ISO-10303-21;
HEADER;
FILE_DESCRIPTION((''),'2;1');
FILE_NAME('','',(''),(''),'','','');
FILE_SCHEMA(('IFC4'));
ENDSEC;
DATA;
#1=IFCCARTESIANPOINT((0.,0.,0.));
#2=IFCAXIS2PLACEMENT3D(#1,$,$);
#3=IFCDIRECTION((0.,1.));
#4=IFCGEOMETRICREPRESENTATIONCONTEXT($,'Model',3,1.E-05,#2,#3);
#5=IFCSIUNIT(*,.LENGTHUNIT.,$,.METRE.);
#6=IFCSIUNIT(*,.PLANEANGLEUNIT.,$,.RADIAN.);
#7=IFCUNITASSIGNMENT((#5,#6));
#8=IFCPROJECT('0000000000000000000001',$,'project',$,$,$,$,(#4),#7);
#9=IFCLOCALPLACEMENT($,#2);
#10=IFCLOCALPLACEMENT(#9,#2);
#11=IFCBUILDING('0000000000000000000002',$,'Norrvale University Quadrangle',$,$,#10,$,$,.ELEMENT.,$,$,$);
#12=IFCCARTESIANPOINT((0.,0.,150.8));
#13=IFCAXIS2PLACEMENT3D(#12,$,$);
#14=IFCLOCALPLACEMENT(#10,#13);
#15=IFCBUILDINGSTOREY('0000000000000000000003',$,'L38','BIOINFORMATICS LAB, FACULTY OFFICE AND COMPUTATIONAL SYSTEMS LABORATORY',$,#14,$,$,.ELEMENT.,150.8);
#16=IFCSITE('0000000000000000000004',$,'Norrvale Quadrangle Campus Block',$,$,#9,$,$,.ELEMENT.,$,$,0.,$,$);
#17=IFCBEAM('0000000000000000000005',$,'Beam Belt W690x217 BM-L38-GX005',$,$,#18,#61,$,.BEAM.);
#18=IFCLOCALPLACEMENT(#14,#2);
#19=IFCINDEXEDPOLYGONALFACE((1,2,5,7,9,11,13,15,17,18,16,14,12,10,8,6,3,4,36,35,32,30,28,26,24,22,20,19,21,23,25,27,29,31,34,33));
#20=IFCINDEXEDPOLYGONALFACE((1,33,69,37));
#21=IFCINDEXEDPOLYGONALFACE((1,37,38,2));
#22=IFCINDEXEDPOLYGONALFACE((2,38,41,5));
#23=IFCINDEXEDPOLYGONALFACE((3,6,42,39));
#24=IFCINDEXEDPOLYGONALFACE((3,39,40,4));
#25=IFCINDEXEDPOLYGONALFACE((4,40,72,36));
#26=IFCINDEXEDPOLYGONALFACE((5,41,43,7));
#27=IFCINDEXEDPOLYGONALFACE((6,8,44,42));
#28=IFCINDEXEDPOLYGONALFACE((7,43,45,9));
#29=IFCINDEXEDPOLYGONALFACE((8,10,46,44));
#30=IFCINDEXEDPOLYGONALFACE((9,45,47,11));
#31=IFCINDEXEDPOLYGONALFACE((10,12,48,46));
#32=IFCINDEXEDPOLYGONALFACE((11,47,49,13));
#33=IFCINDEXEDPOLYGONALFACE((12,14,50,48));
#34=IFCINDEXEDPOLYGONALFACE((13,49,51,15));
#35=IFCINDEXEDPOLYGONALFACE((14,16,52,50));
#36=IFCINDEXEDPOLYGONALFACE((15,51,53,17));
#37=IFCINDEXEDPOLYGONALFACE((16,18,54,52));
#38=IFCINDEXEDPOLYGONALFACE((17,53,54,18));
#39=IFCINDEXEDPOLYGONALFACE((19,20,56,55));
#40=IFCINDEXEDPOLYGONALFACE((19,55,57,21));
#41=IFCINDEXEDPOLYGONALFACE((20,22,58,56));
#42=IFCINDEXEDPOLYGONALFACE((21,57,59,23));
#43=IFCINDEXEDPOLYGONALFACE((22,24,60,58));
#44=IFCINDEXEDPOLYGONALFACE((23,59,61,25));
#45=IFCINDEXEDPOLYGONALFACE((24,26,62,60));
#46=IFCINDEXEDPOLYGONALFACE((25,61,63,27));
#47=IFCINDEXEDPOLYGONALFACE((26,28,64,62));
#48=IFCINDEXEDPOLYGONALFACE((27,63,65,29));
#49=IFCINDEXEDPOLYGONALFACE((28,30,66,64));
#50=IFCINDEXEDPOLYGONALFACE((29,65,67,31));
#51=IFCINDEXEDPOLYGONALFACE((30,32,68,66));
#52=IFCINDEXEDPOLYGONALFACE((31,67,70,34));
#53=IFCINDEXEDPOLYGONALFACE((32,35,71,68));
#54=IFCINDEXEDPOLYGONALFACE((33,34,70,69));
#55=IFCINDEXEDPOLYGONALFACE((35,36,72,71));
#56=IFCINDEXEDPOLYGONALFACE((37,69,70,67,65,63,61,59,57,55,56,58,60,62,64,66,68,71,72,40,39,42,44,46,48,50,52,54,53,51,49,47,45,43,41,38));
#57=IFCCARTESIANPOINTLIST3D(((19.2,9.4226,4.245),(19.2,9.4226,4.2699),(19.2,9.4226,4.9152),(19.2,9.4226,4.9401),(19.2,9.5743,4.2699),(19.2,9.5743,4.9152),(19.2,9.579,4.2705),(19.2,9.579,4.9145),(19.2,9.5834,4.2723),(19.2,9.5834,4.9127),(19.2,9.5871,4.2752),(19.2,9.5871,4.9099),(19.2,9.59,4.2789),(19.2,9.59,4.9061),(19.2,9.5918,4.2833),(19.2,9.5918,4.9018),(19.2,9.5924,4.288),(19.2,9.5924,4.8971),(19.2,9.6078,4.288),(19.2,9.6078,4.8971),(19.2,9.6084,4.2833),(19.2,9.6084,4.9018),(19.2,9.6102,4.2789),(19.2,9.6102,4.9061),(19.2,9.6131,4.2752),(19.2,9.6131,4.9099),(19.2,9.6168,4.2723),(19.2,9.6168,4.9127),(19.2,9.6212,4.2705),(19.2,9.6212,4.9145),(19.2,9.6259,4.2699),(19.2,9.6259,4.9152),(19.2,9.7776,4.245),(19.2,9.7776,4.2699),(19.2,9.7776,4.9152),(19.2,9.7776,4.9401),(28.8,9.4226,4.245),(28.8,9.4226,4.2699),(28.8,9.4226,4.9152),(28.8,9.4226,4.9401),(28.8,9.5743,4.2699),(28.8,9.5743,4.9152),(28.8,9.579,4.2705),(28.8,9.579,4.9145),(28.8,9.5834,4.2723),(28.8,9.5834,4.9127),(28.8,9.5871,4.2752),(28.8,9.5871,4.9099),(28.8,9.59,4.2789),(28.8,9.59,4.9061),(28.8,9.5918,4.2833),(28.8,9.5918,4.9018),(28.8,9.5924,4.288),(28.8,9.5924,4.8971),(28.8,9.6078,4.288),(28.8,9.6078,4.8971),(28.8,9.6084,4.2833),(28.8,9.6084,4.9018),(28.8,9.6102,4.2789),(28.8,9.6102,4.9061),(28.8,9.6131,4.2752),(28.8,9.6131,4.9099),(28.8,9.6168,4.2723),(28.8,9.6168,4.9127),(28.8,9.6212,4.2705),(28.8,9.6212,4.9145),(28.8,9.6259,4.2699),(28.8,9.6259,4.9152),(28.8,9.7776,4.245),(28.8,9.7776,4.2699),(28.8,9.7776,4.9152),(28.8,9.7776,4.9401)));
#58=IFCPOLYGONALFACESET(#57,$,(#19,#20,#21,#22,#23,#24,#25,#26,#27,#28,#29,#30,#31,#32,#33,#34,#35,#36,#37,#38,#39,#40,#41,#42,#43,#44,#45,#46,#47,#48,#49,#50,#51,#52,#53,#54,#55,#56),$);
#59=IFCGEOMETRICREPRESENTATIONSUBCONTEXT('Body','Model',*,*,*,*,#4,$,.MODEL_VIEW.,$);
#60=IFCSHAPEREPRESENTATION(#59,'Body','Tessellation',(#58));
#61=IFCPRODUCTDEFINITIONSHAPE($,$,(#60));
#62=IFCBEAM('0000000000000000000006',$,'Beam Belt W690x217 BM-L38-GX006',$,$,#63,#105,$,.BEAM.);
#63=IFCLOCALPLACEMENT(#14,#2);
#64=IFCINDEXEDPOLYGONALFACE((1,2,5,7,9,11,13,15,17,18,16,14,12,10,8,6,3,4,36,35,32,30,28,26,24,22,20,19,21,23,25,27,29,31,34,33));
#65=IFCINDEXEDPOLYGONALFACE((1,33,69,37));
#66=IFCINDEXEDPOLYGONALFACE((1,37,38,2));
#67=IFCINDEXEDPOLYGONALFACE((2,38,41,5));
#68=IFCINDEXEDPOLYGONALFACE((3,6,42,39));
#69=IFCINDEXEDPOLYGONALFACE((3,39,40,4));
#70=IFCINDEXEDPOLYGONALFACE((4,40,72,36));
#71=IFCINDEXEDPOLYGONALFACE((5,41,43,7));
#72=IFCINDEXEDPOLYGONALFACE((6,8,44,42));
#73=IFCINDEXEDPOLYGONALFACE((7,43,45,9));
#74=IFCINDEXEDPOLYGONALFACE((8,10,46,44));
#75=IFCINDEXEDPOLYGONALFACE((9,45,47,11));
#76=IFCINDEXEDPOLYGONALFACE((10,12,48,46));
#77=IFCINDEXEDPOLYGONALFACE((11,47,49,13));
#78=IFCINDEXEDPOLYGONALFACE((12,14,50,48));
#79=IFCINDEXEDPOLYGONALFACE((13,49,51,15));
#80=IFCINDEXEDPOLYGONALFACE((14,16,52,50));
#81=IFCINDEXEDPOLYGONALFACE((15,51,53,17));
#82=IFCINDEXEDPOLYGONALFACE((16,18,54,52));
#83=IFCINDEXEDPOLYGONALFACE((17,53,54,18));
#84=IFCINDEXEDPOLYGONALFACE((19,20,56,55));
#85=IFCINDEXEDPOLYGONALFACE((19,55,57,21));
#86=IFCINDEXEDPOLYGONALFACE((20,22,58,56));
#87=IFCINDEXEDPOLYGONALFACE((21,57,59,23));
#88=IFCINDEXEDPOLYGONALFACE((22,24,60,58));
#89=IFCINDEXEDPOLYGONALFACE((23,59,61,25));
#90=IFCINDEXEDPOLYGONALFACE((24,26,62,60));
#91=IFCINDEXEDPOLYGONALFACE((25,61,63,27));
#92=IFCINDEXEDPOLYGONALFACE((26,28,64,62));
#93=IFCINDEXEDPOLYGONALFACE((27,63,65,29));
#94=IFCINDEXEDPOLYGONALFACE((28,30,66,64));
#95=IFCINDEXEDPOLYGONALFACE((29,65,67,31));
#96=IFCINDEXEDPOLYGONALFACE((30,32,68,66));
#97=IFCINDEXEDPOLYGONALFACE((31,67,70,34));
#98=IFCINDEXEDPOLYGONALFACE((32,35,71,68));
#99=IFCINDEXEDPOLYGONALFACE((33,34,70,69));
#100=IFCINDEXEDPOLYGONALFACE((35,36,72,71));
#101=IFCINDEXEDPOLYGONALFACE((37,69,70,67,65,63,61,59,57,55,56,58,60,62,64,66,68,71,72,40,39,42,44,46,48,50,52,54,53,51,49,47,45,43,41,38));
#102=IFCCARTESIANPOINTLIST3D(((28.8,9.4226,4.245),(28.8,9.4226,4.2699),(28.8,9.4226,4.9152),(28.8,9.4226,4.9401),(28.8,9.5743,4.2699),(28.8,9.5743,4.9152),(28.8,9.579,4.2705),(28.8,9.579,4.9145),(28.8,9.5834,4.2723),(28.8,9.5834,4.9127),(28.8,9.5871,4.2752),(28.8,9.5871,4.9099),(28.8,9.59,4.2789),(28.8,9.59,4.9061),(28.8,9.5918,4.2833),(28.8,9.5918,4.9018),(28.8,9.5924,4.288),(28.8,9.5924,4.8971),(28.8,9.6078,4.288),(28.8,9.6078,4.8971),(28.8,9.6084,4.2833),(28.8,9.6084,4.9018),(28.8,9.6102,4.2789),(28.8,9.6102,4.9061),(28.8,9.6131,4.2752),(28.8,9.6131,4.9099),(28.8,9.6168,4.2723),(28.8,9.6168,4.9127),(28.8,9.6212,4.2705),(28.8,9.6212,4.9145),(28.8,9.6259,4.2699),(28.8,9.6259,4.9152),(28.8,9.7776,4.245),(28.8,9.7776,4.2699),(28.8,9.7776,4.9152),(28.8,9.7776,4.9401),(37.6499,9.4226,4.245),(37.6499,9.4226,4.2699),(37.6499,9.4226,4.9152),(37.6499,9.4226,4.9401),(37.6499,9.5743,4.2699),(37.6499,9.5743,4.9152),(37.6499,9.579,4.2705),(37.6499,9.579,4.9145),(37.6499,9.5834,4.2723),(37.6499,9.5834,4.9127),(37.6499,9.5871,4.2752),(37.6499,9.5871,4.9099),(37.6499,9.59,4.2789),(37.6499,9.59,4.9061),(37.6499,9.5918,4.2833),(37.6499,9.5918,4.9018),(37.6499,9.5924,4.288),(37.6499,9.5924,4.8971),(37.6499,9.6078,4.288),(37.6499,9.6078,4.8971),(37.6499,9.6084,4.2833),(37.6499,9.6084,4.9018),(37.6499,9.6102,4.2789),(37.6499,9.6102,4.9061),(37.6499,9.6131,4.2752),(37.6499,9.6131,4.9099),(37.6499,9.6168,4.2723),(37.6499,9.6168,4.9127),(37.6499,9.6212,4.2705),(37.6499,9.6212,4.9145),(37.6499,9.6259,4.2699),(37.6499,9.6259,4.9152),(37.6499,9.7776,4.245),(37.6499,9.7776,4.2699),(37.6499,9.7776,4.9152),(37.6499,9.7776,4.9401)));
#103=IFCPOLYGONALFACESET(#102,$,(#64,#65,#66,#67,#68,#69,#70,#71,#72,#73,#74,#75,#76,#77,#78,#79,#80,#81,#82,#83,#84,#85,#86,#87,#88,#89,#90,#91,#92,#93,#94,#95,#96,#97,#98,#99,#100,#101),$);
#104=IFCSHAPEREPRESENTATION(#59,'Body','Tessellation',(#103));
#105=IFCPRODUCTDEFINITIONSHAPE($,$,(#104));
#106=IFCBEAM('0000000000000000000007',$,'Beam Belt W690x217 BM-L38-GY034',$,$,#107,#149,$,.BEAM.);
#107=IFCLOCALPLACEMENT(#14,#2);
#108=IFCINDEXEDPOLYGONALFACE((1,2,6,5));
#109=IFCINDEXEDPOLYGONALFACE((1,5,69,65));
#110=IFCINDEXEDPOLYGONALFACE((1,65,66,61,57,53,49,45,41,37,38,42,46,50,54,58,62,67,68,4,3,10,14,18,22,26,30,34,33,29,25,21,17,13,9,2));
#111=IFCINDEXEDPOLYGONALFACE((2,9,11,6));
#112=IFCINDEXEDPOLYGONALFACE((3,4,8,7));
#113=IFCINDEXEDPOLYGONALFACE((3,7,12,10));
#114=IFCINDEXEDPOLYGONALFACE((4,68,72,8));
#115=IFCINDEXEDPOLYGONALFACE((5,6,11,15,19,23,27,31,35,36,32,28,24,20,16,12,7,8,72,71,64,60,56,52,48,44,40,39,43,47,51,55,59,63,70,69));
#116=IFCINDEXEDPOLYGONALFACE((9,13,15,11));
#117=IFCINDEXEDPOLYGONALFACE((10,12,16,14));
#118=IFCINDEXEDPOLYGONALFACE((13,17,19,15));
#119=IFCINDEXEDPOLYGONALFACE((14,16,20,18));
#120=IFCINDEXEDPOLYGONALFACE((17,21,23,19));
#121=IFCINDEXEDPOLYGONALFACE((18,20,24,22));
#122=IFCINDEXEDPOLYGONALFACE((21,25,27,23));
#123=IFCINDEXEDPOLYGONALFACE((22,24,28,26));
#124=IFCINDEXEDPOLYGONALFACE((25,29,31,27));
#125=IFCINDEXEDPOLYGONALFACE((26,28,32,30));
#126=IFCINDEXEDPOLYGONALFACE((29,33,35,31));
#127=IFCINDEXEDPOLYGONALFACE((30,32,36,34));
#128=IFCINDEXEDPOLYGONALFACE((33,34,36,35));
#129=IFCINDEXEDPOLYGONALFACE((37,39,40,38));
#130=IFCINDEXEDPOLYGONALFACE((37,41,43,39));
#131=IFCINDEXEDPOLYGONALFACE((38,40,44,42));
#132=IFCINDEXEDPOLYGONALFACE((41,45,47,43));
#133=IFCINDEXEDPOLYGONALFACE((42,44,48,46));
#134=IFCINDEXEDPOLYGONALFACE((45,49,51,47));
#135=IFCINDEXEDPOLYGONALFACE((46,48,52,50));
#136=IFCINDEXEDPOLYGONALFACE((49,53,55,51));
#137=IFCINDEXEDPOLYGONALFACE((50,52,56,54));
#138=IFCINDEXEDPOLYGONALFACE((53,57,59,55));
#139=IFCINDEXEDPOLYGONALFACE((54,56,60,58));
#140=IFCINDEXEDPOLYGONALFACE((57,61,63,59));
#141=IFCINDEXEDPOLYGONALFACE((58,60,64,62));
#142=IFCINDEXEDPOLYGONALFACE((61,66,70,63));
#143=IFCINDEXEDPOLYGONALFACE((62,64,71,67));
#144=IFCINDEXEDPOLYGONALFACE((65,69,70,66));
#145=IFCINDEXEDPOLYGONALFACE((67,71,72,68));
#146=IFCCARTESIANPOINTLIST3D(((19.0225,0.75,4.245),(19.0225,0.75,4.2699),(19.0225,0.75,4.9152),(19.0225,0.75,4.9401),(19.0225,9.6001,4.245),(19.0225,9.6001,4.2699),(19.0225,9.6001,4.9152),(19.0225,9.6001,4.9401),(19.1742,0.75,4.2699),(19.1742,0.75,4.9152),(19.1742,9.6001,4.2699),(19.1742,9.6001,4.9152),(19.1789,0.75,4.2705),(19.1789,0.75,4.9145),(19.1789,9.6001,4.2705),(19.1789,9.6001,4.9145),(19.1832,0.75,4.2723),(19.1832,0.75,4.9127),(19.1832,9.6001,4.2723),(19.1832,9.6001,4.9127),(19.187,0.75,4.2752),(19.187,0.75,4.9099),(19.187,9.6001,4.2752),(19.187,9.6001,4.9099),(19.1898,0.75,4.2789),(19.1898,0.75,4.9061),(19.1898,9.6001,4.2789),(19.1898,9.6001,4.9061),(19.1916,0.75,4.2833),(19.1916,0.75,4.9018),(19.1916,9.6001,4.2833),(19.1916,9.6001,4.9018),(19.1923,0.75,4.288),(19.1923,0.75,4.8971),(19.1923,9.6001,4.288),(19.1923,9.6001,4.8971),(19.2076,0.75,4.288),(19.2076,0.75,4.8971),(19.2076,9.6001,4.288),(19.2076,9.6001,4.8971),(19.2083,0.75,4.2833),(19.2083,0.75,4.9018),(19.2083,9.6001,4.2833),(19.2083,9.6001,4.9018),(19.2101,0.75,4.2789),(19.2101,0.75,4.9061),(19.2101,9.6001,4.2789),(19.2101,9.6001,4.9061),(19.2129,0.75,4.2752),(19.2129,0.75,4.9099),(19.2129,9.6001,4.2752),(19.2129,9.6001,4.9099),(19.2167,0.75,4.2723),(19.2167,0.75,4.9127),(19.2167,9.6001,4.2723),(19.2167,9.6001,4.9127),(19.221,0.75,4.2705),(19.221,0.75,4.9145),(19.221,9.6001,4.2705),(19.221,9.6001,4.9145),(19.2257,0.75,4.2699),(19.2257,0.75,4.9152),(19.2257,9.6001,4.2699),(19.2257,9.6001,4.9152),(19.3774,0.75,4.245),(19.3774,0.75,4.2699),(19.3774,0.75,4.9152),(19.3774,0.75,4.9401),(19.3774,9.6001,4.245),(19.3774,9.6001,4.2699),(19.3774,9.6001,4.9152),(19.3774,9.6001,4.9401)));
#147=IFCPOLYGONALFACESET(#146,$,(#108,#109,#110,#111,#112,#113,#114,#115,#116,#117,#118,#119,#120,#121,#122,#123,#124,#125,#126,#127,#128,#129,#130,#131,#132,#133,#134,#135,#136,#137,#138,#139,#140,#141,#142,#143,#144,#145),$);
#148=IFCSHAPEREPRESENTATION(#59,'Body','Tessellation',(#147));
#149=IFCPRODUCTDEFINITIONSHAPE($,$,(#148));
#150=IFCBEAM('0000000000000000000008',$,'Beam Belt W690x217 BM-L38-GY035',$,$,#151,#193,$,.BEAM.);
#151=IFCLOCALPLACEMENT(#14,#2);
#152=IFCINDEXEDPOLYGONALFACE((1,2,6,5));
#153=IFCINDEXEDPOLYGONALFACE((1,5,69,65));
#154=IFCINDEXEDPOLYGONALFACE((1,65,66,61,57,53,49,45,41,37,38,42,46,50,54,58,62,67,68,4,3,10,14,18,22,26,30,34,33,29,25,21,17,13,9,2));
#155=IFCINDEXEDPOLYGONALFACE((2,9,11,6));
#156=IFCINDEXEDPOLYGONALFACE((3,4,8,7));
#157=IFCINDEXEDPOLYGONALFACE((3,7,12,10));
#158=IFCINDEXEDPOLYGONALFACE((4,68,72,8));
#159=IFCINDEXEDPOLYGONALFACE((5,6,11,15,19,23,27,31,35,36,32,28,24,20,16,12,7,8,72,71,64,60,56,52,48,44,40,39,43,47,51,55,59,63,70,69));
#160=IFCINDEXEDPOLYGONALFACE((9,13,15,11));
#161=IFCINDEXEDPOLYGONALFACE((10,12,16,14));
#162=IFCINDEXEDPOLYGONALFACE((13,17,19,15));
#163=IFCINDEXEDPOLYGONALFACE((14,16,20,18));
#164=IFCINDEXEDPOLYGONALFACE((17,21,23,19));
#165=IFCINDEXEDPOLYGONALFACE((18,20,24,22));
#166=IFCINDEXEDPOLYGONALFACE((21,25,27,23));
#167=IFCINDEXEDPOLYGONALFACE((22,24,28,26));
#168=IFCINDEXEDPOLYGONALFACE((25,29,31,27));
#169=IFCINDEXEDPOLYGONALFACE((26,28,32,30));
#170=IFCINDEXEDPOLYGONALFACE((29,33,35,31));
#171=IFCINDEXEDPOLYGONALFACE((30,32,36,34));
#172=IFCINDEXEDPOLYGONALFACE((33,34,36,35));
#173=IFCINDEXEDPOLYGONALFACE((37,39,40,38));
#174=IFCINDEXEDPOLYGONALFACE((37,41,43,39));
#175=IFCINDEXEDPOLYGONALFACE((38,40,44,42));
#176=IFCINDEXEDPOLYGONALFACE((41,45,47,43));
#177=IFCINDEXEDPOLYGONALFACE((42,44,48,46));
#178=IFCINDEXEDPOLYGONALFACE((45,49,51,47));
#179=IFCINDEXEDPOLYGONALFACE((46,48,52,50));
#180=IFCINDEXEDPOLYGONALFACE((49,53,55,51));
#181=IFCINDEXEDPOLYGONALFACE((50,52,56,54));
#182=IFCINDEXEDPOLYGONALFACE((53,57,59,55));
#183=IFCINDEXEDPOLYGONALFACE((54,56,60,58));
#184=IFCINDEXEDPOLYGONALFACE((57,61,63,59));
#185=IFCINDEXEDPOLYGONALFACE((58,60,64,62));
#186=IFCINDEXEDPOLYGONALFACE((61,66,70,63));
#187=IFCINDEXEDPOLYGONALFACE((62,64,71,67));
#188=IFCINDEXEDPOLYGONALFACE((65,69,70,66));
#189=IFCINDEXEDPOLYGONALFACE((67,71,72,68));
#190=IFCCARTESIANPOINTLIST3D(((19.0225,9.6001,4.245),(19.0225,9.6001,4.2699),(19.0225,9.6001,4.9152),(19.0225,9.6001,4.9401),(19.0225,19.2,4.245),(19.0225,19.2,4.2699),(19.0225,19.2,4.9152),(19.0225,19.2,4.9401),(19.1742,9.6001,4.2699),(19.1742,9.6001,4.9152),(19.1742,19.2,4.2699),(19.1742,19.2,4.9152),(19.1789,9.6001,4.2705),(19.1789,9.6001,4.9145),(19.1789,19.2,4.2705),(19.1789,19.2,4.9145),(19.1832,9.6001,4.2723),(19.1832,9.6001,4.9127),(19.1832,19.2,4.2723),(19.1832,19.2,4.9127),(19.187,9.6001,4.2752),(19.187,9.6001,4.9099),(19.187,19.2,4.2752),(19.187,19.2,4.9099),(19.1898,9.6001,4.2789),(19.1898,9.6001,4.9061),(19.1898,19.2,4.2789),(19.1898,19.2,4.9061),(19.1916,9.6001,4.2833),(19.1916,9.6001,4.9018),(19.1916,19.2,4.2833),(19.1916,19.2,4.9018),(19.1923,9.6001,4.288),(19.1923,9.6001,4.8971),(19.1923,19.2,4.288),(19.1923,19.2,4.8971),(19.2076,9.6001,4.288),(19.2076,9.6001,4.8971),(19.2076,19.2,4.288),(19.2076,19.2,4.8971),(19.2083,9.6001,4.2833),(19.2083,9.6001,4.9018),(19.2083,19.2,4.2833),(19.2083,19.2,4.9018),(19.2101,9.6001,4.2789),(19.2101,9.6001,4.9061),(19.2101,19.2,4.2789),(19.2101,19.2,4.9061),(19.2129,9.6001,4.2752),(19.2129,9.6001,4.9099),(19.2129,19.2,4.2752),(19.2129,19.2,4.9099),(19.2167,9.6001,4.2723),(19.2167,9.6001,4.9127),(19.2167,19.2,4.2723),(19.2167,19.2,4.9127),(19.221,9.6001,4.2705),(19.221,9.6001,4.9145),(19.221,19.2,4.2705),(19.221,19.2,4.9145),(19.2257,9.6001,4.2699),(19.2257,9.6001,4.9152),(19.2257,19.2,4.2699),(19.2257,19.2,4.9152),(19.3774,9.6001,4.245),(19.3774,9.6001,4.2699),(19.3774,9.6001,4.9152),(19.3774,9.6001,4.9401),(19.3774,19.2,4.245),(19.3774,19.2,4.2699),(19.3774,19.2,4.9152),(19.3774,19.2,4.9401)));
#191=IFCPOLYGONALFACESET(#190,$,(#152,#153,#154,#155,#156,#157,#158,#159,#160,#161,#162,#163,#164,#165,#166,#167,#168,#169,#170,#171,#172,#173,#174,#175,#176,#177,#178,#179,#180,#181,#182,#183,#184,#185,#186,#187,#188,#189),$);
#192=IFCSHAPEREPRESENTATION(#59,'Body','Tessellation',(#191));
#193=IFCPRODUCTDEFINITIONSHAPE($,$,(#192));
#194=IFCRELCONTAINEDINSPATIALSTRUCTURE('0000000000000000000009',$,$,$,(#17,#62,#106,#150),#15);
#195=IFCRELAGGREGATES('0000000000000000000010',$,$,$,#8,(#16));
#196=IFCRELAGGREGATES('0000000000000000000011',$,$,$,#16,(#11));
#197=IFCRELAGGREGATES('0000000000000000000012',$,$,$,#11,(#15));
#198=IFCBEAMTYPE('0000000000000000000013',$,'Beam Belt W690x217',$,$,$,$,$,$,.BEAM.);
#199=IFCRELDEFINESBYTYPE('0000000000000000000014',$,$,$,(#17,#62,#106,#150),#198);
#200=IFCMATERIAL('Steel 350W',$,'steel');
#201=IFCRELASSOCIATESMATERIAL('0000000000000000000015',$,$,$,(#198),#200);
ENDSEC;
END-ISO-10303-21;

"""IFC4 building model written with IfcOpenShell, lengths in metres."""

from ifc_helpers import new_model, si_unit, direction, frame, origin, origin_2d, place, context, subcontext, project, spatial, i_section, extrude, material, material_profile, profile_set, type_object, element, save


model = new_model("IFC4")

# Units and contexts
model_context = context("Model", 3, precision=1e-05, world=origin(), true_north=direction((0.0, 1.0)))
body_context = subcontext(model_context, "Body", "Model", "MODEL_VIEW")
ifc_project = project(units=[si_unit("LENGTHUNIT", "METRE"), si_unit("PLANEANGLEUNIT", "RADIAN")], contexts=[model_context])

# Site, building, storey
site_placement = place(None, origin())
site = spatial("IfcSite", under=ifc_project, at=site_placement, Name="Norrvale Quadrangle Campus Block", CompositionType="ELEMENT", RefElevation=0.0)
building_placement = place(site_placement, origin())
building = spatial("IfcBuilding", under=site, at=building_placement, Name="Norrvale University Quadrangle", CompositionType="ELEMENT")
storey_placement = place(building_placement, frame((0.0, 0.0, 150.8)))
storey = spatial("IfcBuildingStorey", under=building, at=storey_placement, Name="L38", Description="BIOINFORMATICS LAB, FACULTY OFFICE AND COMPUTATIONAL SYSTEMS LABORATORY", CompositionType="ELEMENT", Elevation=150.8)

# Beams
ifc_material_1 = material(Name="Steel 350W", Category="steel")
ifc_material_profile_1 = material_profile(ifc_material_1, i_section(OverallWidth=0.355, OverallDepth=0.6951, WebThickness=0.0154, FlangeThickness=0.0249, FilletRadius=0.0181, at=origin_2d()), Name="Steel 350W")
ifc_profile_set_1 = profile_set([ifc_material_profile_1], Name="Steel 350W")
beam_type_1 = type_object("IfcBeamType", Name="Beam Belt W690x217", PredefinedType="BEAM", material=ifc_profile_set_1)
beam_1_placement = place(storey_placement, frame((19.2, 9.6001, 4.5925), z_axis=(1.0, 0.0, 0.0), x_axis=(0.0, 1.0, 0.0)))
element("IfcBeam", 1, at=beam_1_placement, inside=storey, type_object=beam_type_1, Name="Beam Belt W690x217 BM-L38-GX005", PredefinedType="BEAM", context=body_context, shape_type="SweptSolid", body=[
    extrude(i_section(OverallWidth=0.355, OverallDepth=0.6951, WebThickness=0.0154, FlangeThickness=0.0249, FilletRadius=0.0181, at=origin_2d()), origin(), (0.0, 0.0, 1.0), 9.6001),
])
beam_2_placement = place(storey_placement, frame((28.8, 9.6001, 4.5925), z_axis=(1.0, 0.0, 0.0), x_axis=(0.0, 1.0, 0.0)))
element("IfcBeam", 2, at=beam_2_placement, inside=storey, type_object=beam_type_1, Name="Beam Belt W690x217 BM-L38-GX006", PredefinedType="BEAM", context=body_context, shape_type="SweptSolid", body=[
    extrude(i_section(OverallWidth=0.355, OverallDepth=0.6951, WebThickness=0.0154, FlangeThickness=0.0249, FilletRadius=0.0181, at=origin_2d()), origin(), (0.0, 0.0, 1.0), 8.8499),
])
beam_3_placement = place(storey_placement, frame((19.2, 0.75, 4.5925), z_axis=(0.0, 1.0, 0.0), x_axis=(-1.0, 0.0, 0.0)))
element("IfcBeam", 3, at=beam_3_placement, inside=storey, type_object=beam_type_1, Name="Beam Belt W690x217 BM-L38-GY034", PredefinedType="BEAM", context=body_context, shape_type="SweptSolid", body=[
    extrude(i_section(OverallWidth=0.355, OverallDepth=0.6951, WebThickness=0.0154, FlangeThickness=0.0249, FilletRadius=0.0181, at=origin_2d()), origin(), (0.0, 0.0, 1.0), 8.8501),
])
beam_4_placement = place(storey_placement, frame((19.2, 9.6001, 4.5925), z_axis=(0.0, 1.0, 0.0), x_axis=(-1.0, 0.0, 0.0)))
element("IfcBeam", 4, at=beam_4_placement, inside=storey, type_object=beam_type_1, Name="Beam Belt W690x217 BM-L38-GY035", PredefinedType="BEAM", context=body_context, shape_type="SweptSolid", body=[
    extrude(i_section(OverallWidth=0.355, OverallDepth=0.6951, WebThickness=0.0154, FlangeThickness=0.0249, FilletRadius=0.0181, at=origin_2d()), origin(), (0.0, 0.0, 1.0), 9.5999),
])

save(model, "model.ifc")
